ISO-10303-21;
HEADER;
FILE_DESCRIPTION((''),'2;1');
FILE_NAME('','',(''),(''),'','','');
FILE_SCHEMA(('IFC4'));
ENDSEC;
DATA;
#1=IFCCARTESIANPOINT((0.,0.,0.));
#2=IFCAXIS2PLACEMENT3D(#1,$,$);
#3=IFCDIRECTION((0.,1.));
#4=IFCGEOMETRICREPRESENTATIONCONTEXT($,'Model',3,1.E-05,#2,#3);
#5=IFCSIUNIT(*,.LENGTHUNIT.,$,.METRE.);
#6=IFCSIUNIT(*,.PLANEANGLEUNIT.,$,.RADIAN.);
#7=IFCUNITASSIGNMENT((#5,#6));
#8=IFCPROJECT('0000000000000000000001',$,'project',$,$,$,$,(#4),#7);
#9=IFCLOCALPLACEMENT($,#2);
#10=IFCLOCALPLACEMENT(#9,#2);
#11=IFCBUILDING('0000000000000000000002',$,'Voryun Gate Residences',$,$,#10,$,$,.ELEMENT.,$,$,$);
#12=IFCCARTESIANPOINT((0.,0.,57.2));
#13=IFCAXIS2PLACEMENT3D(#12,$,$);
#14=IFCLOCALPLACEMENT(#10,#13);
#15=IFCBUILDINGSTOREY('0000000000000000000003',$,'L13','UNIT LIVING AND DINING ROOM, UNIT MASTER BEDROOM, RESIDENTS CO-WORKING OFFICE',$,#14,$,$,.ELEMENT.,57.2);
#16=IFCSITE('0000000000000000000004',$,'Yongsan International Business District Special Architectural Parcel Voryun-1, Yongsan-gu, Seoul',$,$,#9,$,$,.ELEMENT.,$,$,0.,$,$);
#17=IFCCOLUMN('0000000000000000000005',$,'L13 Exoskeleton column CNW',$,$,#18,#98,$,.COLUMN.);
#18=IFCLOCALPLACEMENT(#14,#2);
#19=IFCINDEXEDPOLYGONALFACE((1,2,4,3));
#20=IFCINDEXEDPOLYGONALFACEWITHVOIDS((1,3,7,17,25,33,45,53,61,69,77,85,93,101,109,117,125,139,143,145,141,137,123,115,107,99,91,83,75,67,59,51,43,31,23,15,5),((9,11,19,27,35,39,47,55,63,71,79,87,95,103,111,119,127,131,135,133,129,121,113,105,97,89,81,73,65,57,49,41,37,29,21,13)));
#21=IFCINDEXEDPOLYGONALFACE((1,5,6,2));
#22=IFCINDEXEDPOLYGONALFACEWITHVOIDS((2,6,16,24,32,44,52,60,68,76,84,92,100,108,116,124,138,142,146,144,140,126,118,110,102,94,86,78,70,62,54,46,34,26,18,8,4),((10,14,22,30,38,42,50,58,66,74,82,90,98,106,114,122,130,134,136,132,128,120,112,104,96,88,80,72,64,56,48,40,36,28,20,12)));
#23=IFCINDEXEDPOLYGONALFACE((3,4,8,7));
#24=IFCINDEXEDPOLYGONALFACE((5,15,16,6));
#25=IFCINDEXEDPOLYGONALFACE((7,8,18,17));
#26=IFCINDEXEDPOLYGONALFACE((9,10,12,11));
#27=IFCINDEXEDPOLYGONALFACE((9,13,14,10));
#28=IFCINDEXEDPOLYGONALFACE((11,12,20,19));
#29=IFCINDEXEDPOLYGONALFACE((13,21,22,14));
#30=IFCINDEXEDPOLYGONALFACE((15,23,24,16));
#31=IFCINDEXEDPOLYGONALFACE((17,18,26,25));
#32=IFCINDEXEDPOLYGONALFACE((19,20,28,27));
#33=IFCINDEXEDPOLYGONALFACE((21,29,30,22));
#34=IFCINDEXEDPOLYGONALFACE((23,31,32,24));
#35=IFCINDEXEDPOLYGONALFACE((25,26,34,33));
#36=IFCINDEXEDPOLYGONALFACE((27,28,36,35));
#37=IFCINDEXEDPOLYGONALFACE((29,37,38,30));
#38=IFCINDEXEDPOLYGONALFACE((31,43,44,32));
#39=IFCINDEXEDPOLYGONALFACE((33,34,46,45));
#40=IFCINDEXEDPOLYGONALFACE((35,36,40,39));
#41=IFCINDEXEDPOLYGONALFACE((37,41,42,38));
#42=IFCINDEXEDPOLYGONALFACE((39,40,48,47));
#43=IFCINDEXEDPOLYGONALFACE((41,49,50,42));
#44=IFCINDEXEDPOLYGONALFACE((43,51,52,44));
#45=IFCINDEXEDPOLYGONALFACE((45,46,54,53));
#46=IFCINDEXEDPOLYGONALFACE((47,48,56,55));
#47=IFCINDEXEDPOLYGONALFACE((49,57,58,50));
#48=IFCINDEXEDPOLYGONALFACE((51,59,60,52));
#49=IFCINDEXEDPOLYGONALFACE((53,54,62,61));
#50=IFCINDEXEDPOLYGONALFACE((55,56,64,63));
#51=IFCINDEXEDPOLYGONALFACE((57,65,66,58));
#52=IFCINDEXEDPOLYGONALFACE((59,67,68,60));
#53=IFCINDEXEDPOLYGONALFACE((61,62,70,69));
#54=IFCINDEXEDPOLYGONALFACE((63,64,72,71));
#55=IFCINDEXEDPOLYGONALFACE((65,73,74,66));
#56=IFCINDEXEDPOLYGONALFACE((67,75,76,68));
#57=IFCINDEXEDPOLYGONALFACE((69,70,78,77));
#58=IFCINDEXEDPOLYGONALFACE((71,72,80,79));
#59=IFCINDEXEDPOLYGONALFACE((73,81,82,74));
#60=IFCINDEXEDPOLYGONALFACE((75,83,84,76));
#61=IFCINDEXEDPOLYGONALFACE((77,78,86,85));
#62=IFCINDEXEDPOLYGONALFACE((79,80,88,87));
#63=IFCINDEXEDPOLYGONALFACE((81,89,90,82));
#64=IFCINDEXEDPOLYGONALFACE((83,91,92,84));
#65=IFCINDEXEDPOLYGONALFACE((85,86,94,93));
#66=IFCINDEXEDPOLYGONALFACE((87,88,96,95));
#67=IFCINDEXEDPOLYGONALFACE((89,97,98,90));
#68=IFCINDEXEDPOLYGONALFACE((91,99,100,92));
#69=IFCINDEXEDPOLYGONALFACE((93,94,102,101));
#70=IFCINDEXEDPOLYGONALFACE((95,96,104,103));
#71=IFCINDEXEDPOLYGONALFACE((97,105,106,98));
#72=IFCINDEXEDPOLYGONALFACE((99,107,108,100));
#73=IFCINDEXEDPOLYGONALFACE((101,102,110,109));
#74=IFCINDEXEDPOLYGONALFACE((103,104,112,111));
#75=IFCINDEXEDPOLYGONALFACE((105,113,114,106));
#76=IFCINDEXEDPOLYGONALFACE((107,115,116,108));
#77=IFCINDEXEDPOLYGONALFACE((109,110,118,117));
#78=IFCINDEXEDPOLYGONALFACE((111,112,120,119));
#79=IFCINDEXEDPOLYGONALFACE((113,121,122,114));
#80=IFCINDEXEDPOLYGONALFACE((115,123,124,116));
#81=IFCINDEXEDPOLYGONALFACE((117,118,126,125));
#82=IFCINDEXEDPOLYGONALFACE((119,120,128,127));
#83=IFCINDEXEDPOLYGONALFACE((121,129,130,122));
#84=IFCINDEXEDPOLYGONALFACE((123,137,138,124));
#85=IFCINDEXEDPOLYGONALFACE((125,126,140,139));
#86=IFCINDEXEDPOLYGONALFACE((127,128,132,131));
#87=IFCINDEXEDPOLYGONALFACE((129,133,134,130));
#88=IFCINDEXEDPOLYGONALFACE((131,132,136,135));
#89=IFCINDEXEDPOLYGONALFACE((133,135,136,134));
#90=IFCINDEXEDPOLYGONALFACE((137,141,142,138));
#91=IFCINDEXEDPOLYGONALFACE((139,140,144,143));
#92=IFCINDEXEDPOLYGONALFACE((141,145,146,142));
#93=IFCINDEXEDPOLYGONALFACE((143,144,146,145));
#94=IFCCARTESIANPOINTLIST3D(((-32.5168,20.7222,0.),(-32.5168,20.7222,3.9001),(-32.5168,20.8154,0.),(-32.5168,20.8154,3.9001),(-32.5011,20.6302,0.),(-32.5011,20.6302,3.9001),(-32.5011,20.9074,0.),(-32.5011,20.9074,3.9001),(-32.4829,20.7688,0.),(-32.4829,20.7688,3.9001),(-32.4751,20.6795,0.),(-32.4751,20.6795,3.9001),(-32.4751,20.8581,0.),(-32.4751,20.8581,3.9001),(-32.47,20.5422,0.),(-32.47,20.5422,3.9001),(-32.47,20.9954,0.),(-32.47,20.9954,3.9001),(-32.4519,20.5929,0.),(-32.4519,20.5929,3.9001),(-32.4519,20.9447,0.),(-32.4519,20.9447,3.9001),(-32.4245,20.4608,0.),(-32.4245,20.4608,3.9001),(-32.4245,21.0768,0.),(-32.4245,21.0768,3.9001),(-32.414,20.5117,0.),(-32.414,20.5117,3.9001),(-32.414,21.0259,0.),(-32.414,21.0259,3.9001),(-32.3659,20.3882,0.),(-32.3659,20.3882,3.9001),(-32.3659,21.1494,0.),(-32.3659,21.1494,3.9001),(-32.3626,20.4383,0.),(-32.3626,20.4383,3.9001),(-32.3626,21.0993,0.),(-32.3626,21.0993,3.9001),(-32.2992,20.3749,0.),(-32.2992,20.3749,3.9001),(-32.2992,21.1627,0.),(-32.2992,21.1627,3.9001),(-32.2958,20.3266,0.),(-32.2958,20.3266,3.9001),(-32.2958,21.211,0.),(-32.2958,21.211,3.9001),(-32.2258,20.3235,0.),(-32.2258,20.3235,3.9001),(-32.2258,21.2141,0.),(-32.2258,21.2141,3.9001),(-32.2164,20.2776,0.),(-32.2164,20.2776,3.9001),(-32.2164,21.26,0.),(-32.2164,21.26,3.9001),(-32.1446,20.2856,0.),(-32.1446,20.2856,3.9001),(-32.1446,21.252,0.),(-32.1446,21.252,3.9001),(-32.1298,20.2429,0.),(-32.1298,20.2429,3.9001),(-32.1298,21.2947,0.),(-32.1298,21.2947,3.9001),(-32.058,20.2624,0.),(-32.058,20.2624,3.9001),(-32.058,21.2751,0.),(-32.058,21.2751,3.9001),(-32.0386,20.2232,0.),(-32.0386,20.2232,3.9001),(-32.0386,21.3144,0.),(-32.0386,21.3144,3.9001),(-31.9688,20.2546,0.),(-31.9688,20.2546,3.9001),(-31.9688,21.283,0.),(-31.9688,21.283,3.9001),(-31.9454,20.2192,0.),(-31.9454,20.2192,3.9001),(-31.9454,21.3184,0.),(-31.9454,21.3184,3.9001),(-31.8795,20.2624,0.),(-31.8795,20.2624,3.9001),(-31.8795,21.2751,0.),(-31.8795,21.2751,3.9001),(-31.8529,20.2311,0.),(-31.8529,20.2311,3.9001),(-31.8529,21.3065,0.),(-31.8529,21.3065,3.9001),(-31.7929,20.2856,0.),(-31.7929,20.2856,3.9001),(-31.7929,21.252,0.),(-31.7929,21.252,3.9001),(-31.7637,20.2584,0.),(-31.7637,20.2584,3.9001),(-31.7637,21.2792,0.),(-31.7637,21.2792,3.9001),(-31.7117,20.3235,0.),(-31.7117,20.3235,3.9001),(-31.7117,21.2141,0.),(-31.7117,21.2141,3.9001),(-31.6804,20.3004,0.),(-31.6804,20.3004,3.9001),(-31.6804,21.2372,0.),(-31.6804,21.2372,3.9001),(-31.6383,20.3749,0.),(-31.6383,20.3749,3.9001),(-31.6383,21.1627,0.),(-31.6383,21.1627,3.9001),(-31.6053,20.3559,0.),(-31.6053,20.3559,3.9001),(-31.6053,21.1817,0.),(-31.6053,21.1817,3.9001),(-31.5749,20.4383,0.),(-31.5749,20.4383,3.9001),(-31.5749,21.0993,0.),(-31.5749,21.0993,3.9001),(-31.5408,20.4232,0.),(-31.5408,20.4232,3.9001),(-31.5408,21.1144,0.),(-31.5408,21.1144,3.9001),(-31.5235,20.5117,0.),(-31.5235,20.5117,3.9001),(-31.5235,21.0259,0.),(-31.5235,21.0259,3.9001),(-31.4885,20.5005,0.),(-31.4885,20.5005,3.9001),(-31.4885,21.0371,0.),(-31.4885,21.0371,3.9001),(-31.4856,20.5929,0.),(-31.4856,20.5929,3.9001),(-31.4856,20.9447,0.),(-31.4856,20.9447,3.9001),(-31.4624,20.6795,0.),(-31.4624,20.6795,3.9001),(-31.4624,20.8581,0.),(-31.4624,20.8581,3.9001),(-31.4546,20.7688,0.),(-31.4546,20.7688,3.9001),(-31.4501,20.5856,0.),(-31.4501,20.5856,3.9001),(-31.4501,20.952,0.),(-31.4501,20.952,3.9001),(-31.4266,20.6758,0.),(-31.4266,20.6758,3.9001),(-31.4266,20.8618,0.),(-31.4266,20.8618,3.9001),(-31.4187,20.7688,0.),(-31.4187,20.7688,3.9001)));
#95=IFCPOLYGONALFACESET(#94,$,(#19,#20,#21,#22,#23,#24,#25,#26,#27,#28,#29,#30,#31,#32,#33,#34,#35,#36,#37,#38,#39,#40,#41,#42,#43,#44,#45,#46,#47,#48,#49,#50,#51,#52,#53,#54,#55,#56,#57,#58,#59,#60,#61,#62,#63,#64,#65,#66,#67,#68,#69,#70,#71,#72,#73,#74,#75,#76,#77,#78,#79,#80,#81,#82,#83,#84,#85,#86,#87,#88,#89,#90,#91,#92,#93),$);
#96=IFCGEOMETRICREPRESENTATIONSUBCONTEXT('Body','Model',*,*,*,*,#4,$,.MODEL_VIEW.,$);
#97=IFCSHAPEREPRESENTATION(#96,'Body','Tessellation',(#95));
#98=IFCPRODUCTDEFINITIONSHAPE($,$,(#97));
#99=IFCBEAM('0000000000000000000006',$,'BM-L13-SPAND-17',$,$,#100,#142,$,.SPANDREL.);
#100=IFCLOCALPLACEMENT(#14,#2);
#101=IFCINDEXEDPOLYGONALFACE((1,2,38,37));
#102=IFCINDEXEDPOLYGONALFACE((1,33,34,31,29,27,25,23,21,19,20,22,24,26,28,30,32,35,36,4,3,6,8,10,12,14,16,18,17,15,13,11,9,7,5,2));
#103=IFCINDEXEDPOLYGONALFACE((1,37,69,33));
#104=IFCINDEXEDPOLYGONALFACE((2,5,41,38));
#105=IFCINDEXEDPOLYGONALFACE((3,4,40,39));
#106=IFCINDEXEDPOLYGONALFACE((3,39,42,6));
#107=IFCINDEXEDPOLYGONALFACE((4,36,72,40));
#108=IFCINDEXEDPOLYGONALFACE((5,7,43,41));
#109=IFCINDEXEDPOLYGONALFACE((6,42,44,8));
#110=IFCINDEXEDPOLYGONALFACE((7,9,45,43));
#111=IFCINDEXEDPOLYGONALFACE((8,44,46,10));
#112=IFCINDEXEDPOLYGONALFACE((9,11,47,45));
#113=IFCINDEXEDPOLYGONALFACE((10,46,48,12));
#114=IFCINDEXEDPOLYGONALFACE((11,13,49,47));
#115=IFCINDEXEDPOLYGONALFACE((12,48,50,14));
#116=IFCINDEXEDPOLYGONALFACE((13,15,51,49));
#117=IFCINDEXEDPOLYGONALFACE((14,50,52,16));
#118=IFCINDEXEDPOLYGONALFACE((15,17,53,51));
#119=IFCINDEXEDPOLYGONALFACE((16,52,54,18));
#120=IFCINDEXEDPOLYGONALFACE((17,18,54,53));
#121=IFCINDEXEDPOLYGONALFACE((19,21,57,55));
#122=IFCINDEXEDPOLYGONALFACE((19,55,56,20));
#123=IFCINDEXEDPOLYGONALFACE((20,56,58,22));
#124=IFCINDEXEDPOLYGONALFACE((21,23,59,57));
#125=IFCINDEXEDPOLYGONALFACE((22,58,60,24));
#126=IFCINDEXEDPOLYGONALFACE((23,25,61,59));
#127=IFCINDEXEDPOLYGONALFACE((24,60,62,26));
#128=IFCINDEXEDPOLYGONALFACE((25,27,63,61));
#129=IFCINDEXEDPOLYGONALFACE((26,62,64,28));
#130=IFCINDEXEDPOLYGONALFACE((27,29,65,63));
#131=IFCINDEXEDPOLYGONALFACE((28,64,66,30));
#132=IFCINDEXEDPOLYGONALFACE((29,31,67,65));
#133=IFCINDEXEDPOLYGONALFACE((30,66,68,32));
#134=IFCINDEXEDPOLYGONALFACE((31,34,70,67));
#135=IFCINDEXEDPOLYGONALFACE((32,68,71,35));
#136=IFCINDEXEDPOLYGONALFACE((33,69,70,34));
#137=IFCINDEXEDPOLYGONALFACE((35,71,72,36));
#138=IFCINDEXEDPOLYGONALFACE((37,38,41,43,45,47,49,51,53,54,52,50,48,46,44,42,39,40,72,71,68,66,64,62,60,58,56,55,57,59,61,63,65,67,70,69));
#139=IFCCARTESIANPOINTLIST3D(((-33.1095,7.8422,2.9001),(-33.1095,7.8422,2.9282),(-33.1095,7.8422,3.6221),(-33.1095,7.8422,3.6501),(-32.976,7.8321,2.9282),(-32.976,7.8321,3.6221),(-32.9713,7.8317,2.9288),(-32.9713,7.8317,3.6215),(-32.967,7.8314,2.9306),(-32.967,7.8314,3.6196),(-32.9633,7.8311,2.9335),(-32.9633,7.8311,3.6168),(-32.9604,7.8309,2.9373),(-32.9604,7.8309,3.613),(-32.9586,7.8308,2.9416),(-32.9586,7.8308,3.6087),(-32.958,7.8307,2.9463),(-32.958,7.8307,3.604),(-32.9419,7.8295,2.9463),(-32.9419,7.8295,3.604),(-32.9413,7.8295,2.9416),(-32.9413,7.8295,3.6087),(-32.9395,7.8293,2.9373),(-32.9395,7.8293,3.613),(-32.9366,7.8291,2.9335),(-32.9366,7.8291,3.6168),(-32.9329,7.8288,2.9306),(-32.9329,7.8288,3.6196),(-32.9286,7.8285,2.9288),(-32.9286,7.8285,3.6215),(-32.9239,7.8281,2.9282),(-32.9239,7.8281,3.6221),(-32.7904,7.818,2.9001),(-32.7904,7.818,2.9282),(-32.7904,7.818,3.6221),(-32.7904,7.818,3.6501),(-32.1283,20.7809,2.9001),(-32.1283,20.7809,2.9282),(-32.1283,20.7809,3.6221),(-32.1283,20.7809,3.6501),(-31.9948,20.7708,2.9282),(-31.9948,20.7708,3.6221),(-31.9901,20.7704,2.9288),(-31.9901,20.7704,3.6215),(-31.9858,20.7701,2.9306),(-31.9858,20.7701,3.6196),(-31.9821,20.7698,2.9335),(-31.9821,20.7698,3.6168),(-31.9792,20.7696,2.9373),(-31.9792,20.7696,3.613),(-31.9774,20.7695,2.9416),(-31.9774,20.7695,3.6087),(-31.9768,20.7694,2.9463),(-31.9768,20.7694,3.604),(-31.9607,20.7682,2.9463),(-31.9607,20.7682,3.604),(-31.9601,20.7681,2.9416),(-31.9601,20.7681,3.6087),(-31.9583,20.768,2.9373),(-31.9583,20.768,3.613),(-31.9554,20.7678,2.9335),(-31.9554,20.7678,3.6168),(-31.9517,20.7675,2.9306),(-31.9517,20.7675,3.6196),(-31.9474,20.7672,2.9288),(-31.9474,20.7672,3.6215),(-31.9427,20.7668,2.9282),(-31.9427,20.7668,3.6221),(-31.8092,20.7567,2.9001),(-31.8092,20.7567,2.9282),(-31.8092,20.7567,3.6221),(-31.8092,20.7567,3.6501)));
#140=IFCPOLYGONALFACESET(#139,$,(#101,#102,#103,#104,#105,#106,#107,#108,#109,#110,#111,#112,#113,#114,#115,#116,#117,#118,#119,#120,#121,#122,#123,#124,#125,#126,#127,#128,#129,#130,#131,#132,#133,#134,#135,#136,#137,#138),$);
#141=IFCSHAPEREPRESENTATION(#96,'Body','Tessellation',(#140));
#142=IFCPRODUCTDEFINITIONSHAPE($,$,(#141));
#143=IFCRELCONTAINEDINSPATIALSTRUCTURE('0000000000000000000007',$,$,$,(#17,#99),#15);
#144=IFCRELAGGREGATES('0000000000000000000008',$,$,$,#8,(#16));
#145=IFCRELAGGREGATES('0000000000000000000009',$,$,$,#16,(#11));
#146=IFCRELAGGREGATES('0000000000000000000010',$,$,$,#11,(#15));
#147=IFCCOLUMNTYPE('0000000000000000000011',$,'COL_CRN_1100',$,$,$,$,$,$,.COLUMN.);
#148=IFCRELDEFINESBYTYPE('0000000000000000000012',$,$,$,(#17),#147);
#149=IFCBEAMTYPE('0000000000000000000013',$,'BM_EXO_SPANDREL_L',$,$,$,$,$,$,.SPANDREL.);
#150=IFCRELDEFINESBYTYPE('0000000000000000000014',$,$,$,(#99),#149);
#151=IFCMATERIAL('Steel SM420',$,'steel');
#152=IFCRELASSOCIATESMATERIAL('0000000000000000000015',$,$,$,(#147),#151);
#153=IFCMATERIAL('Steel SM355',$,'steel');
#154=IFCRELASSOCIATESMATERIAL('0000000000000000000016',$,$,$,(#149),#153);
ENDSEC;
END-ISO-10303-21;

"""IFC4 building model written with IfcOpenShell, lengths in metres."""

from ifc_helpers import new_model, si_unit, direction, frame, origin, origin_2d, place, context, subcontext, project, spatial, hollow_circle, i_section, extrude, material, material_profile, profile_set, type_object, element, save


model = new_model("IFC4")

# Units and contexts
model_context = context("Model", 3, precision=1e-05, world=origin(), true_north=direction((0.0, 1.0)))
body_context = subcontext(model_context, "Body", "Model", "MODEL_VIEW")
ifc_project = project(units=[si_unit("LENGTHUNIT", "METRE"), si_unit("PLANEANGLEUNIT", "RADIAN")], contexts=[model_context])

# Site, building, storey
site_placement = place(None, origin())
site = spatial("IfcSite", under=ifc_project, at=site_placement, Name="Yongsan International Business District Special Architectural Parcel Voryun-1, Yongsan-gu, Seoul", CompositionType="ELEMENT", RefElevation=0.0)
building_placement = place(site_placement, origin())
building = spatial("IfcBuilding", under=site, at=building_placement, Name="Voryun Gate Residences", CompositionType="ELEMENT")
storey_placement = place(building_placement, frame((0.0, 0.0, 57.2)))
storey = spatial("IfcBuildingStorey", under=building, at=storey_placement, Name="L13", Description="UNIT LIVING AND DINING ROOM, UNIT MASTER BEDROOM, RESIDENTS CO-WORKING OFFICE", CompositionType="ELEMENT", Elevation=57.2)

# Column
ifc_material_1 = material(Name="Steel SM420", Category="steel")
ifc_material_profile_1 = material_profile(ifc_material_1, hollow_circle(Radius=0.55, WallThickness=0.0359, at=origin_2d()), Name="CHS-1100x36")
ifc_profile_set_1 = profile_set([ifc_material_profile_1], Name="Steel SM420")
column_type = type_object("IfcColumnType", Name="COL_CRN_1100", PredefinedType="COLUMN", material=ifc_profile_set_1)
column_placement = place(storey_placement, frame((-31.9688, 20.7688, 0.0), z_axis=(0.0, 0.0, 1.0), x_axis=(1.0, 0.0, 0.0)))
element("IfcColumn", 1, at=column_placement, inside=storey, type_object=column_type, Name="L13 Exoskeleton column CNW", PredefinedType="COLUMN", context=body_context, shape_type="SweptSolid", body=[
    extrude(hollow_circle(Radius=0.55, WallThickness=0.0359, at=origin_2d()), origin(), (0.0, 0.0, 1.0), 3.9001),
])

# Beam
ifc_material_2 = material(Name="Steel SM355", Category="steel")
ifc_material_profile_2 = material_profile(ifc_material_2, i_section(OverallWidth=0.3201, OverallDepth=0.75, WebThickness=0.0161, FlangeThickness=0.0281, FilletRadius=0.0181, at=origin_2d()), Name="H-750x320x16x28")
ifc_profile_set_2 = profile_set([ifc_material_profile_2], Name="Steel SM355")
beam_type = type_object("IfcBeamType", Name="BM_EXO_SPANDREL_L", PredefinedType="SPANDREL", material=ifc_profile_set_2)
beam_placement = place(storey_placement, frame((-31.9688, 20.7688, 3.2751), z_axis=(-0.075617, -0.997137, 0.0), x_axis=(0.997137, -0.075617, 0.0)))
element("IfcBeam", 2, at=beam_placement, inside=storey, type_object=beam_type, Name="BM-L13-SPAND-17", PredefinedType="SPANDREL", context=body_context, shape_type="SweptSolid", body=[
    extrude(i_section(OverallWidth=0.3201, OverallDepth=0.75, WebThickness=0.0161, FlangeThickness=0.0281, FilletRadius=0.0181, at=origin_2d()), origin(), (0.0, 0.0, 1.0), 12.9758),
])

save(model, "model.ifc")
